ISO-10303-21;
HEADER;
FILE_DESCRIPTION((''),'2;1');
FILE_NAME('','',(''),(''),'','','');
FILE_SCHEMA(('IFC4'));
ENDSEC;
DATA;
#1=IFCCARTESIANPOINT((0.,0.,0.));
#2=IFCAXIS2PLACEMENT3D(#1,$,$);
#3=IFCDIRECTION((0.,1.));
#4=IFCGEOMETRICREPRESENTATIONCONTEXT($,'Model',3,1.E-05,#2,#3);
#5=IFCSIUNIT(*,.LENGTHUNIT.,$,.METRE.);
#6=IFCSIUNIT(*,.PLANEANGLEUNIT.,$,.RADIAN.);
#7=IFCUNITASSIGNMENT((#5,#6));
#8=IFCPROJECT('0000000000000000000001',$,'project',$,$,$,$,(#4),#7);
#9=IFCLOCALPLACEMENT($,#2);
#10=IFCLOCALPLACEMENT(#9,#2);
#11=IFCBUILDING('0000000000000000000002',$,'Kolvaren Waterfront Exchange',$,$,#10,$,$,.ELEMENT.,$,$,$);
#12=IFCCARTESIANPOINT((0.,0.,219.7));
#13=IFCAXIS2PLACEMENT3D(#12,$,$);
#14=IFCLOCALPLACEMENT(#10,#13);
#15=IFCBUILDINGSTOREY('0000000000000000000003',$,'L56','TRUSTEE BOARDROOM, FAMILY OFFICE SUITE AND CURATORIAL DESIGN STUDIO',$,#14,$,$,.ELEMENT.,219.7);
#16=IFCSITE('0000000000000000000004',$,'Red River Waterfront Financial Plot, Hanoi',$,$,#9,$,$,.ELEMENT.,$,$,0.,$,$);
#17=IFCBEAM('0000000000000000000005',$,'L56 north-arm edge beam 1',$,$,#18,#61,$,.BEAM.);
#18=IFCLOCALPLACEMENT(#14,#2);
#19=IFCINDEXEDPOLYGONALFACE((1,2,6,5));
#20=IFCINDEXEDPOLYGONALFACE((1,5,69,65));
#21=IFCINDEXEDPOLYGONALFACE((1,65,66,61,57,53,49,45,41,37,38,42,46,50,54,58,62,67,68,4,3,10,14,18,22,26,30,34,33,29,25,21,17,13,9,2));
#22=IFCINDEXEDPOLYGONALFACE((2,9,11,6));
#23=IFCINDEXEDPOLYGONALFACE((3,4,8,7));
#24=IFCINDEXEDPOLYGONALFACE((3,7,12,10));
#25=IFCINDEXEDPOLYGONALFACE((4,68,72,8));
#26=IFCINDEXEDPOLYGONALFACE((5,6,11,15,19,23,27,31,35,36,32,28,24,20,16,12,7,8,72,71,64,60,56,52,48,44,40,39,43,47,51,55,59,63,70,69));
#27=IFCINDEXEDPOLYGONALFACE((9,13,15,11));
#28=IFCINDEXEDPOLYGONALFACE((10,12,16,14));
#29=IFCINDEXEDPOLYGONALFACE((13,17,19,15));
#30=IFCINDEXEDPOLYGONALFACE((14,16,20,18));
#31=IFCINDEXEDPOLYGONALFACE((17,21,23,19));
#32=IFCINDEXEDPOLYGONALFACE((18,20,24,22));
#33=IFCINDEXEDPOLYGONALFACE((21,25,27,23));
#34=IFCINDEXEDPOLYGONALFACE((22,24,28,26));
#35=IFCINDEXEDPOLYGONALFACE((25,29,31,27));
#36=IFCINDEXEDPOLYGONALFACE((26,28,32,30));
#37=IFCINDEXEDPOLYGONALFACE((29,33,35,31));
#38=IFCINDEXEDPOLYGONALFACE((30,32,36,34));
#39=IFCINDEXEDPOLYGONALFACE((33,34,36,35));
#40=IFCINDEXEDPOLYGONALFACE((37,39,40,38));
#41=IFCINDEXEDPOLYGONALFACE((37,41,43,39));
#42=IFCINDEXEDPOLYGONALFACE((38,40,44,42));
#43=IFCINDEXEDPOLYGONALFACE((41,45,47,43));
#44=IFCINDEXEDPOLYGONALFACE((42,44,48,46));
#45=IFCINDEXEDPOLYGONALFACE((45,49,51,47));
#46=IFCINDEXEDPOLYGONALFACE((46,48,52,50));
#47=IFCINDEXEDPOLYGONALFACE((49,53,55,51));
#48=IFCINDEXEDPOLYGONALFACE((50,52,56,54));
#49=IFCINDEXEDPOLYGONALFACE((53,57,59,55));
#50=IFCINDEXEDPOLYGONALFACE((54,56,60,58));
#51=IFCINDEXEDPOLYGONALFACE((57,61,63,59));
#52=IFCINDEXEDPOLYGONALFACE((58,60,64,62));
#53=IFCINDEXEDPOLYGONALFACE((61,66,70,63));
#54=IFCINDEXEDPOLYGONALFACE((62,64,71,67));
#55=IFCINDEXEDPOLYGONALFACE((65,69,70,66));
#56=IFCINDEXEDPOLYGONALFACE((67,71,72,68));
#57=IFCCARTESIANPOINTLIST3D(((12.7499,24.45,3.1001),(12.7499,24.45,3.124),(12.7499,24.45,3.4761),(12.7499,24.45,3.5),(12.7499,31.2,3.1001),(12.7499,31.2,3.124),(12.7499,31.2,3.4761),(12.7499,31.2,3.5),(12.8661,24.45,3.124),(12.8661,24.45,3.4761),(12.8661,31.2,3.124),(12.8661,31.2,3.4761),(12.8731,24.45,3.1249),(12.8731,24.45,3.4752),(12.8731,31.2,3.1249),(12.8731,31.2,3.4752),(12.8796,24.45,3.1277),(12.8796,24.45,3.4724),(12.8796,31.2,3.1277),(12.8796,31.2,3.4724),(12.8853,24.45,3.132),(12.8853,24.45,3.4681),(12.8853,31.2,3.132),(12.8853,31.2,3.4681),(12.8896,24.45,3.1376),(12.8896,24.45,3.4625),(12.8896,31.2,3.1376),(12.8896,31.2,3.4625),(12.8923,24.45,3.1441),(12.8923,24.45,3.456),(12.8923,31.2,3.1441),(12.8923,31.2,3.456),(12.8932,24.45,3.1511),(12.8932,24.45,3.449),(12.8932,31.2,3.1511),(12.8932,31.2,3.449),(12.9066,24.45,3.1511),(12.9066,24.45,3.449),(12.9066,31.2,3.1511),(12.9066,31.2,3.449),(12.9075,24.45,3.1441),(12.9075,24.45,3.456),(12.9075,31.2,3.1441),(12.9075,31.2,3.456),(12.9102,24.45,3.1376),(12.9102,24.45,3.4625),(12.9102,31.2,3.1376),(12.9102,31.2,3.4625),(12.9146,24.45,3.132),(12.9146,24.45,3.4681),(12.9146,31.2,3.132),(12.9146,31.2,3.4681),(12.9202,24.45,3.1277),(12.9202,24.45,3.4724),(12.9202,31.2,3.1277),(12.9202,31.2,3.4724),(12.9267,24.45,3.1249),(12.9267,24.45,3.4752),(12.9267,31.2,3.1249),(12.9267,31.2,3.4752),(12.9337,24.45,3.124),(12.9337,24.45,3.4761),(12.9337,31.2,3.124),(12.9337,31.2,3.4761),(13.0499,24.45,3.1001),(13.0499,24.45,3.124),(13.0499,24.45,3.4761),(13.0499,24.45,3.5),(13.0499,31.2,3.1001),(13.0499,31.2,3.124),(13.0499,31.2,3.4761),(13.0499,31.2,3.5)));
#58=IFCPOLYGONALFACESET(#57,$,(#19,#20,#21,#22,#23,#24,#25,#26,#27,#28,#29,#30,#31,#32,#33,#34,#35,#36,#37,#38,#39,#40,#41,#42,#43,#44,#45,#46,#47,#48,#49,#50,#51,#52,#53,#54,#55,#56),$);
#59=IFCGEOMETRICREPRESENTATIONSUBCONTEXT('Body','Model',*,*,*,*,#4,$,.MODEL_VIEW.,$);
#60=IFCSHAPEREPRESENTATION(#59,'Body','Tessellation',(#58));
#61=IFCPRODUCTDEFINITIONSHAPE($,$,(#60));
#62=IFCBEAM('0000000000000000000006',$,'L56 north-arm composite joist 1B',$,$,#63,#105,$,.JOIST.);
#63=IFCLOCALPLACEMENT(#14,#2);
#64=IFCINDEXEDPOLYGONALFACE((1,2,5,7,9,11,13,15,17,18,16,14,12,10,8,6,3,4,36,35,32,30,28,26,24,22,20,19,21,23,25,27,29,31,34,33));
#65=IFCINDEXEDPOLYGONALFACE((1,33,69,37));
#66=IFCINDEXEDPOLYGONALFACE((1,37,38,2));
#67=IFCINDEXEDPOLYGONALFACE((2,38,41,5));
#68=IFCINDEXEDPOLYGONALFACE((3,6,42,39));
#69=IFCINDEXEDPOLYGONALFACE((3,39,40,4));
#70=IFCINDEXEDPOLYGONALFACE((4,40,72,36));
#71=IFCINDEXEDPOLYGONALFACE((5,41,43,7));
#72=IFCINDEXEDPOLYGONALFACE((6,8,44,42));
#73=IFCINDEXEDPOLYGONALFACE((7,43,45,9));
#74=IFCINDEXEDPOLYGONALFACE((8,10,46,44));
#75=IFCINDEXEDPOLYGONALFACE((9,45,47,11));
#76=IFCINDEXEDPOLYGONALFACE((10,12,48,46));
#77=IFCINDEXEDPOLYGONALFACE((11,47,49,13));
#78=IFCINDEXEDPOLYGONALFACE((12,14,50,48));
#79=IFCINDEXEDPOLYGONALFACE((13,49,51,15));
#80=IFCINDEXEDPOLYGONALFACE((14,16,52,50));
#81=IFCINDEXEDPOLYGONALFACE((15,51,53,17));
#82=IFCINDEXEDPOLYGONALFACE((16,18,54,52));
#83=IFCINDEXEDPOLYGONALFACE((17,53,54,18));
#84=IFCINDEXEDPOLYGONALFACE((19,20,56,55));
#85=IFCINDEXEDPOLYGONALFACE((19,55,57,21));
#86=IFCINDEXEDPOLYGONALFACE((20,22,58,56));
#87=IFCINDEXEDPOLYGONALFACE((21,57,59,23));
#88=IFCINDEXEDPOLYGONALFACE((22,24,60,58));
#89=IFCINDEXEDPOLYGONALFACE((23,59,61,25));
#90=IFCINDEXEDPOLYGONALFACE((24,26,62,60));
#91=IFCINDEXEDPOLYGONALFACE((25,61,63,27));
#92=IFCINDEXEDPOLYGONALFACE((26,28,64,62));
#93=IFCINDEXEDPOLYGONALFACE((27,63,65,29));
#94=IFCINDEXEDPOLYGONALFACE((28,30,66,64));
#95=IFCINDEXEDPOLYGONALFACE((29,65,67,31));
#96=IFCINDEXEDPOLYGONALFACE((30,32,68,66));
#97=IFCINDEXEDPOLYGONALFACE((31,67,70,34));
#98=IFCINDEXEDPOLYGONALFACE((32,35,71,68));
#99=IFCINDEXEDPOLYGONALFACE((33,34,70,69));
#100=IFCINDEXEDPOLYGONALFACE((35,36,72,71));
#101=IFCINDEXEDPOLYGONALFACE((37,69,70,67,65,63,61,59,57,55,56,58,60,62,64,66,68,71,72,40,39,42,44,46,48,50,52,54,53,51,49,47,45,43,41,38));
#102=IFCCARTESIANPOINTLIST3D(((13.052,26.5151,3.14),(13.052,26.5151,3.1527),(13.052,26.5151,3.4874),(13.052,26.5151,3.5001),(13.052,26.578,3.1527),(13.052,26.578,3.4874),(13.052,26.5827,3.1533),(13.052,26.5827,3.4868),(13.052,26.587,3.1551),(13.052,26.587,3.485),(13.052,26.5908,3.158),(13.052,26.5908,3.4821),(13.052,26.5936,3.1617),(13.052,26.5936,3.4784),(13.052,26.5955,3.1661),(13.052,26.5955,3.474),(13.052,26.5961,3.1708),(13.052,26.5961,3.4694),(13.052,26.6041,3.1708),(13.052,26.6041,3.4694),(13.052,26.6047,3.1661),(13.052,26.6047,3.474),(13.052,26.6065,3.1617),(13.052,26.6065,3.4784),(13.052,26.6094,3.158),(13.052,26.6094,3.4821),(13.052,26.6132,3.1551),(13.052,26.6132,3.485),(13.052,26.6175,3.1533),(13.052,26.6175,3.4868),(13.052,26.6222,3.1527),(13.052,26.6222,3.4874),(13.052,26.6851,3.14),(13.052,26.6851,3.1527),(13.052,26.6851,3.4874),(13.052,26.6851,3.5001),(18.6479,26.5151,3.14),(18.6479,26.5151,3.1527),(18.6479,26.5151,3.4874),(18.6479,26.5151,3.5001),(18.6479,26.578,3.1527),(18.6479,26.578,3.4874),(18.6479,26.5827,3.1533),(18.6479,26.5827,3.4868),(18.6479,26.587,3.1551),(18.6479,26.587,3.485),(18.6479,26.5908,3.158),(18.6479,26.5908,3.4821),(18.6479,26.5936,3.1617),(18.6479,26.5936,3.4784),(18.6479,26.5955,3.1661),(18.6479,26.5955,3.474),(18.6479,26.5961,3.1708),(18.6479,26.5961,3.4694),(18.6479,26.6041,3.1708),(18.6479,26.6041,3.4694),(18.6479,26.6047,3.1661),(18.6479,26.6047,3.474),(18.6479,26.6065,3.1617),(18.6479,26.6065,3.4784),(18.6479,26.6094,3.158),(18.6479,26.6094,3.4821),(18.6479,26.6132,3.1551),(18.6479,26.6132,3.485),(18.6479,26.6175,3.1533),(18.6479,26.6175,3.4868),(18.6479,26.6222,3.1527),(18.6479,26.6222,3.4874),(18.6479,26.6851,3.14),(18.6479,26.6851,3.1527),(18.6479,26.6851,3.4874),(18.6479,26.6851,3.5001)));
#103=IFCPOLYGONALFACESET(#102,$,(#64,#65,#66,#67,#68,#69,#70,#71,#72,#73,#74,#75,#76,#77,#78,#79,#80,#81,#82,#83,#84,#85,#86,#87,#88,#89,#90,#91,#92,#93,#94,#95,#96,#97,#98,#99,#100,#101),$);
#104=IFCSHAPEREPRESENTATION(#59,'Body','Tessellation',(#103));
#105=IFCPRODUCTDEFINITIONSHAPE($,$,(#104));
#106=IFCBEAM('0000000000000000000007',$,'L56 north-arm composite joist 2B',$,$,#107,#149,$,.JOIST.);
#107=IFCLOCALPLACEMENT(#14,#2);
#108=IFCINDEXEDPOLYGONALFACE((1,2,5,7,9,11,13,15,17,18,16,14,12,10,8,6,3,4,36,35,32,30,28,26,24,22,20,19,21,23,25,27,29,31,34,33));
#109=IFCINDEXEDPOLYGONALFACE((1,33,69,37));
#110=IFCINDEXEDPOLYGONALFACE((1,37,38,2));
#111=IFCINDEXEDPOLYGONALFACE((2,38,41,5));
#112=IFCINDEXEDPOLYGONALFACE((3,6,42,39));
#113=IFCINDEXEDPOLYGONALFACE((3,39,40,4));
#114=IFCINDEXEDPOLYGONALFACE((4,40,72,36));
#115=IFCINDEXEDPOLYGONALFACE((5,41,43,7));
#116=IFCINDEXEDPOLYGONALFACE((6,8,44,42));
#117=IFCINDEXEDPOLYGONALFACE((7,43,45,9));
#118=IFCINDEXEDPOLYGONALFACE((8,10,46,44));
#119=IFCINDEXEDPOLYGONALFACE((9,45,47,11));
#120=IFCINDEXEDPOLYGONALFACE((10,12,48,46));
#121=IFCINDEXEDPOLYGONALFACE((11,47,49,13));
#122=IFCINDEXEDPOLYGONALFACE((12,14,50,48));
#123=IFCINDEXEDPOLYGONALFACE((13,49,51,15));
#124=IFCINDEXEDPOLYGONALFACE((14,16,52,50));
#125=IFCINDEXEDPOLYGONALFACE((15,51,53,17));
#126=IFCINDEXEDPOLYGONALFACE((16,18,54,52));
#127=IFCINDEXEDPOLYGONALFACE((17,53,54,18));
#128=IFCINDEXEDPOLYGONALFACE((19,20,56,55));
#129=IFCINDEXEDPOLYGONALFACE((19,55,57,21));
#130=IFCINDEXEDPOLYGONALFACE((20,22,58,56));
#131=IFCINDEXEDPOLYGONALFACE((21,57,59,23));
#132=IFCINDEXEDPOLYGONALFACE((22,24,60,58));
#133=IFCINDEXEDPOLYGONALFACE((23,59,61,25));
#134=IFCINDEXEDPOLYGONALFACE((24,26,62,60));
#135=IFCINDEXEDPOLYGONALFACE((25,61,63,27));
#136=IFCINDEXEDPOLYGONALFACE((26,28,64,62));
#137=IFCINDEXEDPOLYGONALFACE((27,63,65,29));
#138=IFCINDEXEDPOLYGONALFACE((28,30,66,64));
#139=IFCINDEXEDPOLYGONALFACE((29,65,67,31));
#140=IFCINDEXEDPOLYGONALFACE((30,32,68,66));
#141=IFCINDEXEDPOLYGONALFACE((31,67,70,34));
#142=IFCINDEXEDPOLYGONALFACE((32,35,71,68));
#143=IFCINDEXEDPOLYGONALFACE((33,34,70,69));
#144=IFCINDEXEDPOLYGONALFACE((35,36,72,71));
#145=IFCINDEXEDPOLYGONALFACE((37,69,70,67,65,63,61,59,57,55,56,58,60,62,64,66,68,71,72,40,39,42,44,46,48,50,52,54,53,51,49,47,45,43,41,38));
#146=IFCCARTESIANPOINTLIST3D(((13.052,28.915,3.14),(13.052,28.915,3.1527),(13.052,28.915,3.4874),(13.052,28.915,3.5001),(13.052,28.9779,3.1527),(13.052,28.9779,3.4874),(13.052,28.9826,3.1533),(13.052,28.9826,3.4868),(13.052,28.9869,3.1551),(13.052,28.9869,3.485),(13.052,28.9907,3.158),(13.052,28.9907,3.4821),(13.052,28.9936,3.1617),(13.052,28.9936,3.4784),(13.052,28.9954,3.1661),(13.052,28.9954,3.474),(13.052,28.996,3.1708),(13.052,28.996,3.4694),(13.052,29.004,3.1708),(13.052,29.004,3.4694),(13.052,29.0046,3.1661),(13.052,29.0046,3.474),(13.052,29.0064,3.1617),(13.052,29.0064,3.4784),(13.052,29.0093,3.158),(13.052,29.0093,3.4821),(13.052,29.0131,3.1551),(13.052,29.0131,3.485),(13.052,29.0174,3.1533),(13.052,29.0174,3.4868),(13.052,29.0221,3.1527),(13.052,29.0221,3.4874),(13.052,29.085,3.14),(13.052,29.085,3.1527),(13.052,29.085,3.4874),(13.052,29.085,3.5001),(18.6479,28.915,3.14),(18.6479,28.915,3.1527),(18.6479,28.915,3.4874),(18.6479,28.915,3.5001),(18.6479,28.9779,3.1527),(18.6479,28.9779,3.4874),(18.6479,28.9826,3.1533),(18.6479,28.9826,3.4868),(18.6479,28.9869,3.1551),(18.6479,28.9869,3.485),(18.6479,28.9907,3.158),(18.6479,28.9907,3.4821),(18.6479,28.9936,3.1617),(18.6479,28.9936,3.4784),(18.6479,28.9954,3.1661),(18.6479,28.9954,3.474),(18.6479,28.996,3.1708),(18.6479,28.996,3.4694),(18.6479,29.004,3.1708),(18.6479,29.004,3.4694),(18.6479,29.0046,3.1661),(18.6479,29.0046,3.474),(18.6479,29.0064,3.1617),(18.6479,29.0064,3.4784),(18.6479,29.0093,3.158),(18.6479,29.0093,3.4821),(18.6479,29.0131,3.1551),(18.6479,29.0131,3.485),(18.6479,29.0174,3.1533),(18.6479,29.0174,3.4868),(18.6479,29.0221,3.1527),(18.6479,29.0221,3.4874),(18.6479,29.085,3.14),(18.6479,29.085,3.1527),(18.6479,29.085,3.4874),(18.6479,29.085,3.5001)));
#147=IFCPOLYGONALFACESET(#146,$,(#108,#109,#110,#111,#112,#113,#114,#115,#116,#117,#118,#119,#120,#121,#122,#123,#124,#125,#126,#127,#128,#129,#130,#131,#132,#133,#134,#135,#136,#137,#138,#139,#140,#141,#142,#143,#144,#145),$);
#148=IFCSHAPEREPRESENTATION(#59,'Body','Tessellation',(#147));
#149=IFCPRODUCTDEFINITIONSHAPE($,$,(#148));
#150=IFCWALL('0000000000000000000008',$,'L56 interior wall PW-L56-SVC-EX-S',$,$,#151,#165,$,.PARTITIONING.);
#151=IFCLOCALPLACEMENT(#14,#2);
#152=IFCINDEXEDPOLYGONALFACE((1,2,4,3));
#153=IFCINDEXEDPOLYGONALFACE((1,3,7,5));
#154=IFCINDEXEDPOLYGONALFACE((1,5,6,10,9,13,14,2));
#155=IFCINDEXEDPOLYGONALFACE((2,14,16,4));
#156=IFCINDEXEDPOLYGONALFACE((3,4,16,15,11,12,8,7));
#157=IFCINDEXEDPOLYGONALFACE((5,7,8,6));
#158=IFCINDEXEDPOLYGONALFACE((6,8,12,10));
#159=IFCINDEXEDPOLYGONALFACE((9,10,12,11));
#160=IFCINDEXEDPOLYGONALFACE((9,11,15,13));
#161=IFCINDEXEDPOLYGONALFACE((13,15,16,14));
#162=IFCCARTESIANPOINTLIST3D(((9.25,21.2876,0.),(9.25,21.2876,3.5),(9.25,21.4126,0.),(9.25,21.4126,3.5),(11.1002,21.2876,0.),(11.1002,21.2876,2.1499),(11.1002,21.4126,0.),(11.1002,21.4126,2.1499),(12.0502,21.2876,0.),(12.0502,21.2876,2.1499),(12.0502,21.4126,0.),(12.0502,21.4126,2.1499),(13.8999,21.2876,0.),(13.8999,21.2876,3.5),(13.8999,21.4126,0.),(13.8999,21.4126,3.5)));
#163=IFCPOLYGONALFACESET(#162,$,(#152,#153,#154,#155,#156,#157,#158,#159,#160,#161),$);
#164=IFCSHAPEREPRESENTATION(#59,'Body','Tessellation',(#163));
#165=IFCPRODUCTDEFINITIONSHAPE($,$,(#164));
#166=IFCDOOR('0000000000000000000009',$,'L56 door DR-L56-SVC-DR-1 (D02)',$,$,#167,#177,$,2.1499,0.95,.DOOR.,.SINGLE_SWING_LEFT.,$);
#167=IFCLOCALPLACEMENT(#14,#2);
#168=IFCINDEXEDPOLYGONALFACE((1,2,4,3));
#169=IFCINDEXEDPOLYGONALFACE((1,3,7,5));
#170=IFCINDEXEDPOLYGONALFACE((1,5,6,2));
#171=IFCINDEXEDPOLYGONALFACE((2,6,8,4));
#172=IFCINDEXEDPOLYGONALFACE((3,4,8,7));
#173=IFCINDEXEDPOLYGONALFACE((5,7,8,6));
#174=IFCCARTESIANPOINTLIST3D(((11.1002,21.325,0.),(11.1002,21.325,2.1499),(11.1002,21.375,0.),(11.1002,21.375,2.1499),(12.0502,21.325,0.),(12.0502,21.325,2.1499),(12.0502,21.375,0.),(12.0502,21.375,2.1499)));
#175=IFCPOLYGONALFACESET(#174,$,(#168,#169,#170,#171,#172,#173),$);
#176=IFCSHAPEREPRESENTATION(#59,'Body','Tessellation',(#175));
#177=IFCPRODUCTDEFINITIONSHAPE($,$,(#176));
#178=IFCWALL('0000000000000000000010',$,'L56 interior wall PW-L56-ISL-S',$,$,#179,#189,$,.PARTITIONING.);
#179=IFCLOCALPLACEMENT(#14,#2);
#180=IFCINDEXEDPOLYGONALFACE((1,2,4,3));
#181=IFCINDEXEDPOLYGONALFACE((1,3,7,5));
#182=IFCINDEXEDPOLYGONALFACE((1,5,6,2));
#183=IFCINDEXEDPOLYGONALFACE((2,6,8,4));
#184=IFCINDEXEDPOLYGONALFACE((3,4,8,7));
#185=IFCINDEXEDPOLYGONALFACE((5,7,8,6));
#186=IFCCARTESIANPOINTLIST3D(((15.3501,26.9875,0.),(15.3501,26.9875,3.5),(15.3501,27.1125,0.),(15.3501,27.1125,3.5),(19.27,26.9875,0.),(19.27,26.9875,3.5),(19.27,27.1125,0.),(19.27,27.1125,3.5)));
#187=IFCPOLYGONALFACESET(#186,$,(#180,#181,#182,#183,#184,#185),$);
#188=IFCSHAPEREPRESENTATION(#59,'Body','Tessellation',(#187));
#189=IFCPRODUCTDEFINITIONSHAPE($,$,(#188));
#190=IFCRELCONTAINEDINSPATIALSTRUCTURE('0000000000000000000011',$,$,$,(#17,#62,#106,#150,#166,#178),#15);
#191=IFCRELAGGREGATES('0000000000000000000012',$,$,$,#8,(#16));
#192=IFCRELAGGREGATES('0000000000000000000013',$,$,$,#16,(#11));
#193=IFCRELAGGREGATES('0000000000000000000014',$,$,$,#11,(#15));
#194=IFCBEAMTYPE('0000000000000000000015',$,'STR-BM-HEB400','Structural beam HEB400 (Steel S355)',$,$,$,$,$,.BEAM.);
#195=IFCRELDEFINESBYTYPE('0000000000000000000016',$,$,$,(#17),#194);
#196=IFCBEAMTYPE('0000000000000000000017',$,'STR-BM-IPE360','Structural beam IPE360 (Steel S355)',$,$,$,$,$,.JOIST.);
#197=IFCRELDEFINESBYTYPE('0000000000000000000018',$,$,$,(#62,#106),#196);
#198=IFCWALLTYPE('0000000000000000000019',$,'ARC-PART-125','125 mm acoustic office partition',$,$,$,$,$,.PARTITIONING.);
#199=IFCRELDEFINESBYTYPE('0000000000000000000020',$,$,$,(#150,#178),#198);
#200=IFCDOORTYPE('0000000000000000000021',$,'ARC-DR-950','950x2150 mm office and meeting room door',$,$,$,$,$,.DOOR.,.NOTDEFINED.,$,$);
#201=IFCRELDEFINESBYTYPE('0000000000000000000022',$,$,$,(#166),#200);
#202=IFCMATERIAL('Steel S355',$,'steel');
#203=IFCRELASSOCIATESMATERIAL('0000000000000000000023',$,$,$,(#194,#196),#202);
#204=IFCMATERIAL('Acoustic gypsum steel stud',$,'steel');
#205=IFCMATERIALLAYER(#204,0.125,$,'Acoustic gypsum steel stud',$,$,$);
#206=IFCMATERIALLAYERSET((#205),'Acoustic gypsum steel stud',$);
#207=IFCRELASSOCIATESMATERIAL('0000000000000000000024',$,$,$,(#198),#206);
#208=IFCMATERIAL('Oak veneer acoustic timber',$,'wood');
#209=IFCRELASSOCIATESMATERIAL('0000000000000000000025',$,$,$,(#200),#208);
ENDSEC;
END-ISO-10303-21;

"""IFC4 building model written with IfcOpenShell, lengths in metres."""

from ifc_helpers import new_model, si_unit, direction, frame, frame_2d, origin, origin_2d, place, context, subcontext, project, spatial, rectangle, i_section, extrude, material, layer, layer_set, material_profile, profile_set, type_object, element, fill, save


model = new_model("IFC4")

# Units and contexts
model_context = context("Model", 3, precision=1e-05, world=origin(), true_north=direction((0.0, 1.0)))
body_context = subcontext(model_context, "Body", "Model", "MODEL_VIEW")
ifc_project = project(units=[si_unit("LENGTHUNIT", "METRE"), si_unit("PLANEANGLEUNIT", "RADIAN")], contexts=[model_context])

# Site, building, storey
site_placement = place(None, origin())
site = spatial("IfcSite", under=ifc_project, at=site_placement, Name="Red River Waterfront Financial Plot, Hanoi", CompositionType="ELEMENT", RefElevation=0.0)
building_placement = place(site_placement, origin())
building = spatial("IfcBuilding", under=site, at=building_placement, Name="Kolvaren Waterfront Exchange", CompositionType="ELEMENT")
storey_placement = place(building_placement, frame((0.0, 0.0, 219.7)))
storey = spatial("IfcBuildingStorey", under=building, at=storey_placement, Name="L56", Description="TRUSTEE BOARDROOM, FAMILY OFFICE SUITE AND CURATORIAL DESIGN STUDIO", CompositionType="ELEMENT", Elevation=219.7)

# Beams
ifc_material_1 = material(Name="Steel S355", Category="steel")
ifc_material_profile_1 = material_profile(ifc_material_1, i_section(OverallWidth=0.3, OverallDepth=0.3999, WebThickness=0.0134, FlangeThickness=0.0239, FilletRadius=0.0271, at=origin_2d()), Name="HEB400")
ifc_profile_set_1 = profile_set([ifc_material_profile_1], Name="Steel S355")
beam_type_1 = type_object("IfcBeamType", Name="STR-BM-HEB400", Description="Structural beam HEB400 (Steel S355)", PredefinedType="BEAM", material=ifc_profile_set_1)
beam_1_placement = place(storey_placement, frame((12.8999, 24.45, 3.3), z_axis=(0.0, 1.0, 0.0), x_axis=(-1.0, 0.0, 0.0)))
element("IfcBeam", 1, at=beam_1_placement, inside=storey, type_object=beam_type_1, Name="L56 north-arm edge beam 1", PredefinedType="BEAM", context=body_context, shape_type="SweptSolid", body=[
    extrude(i_section(OverallWidth=0.3, OverallDepth=0.3999, WebThickness=0.0134, FlangeThickness=0.0239, FilletRadius=0.0271, at=origin_2d()), origin(), (0.0, 0.0, 1.0), 6.75),
])
ifc_material_profile_2 = material_profile(ifc_material_1, i_section(OverallWidth=0.1699, OverallDepth=0.3601, WebThickness=0.0081, FlangeThickness=0.0127, FilletRadius=0.0181, at=origin_2d()), Name="IPE360")
ifc_profile_set_2 = profile_set([ifc_material_profile_2], Name="Steel S355")
beam_type_2 = type_object("IfcBeamType", Name="STR-BM-IPE360", Description="Structural beam IPE360 (Steel S355)", PredefinedType="JOIST", material=ifc_profile_set_2)
for number, where, z_axis, x_axis, name in (
    (2, (13.052, 26.6001, 3.3201), (1.0, 0.0, 0.0), (0.0, 1.0, 0.0), "L56 north-arm composite joist 1B"),
    (3, (13.052, 29.0, 3.3201), (1.0, 0.0, 0.0), (0.0, 1.0, 0.0), "L56 north-arm composite joist 2B"),
):
    element("IfcBeam", number, at=place(storey_placement, frame(where, z_axis=z_axis, x_axis=x_axis)), inside=storey, type_object=beam_type_2, Name=name, PredefinedType="JOIST", context=body_context, shape_type="SweptSolid", body=[
        extrude(i_section(OverallWidth=0.1699, OverallDepth=0.3601, WebThickness=0.0081, FlangeThickness=0.0127, FilletRadius=0.0181, at=origin_2d()), origin(), (0.0, 0.0, 1.0), 5.5959),
    ])

# Wall, opening, door
ifc_material_2 = material(Name="Acoustic gypsum steel stud", Category="steel")
ifc_layer_1 = layer(ifc_material_2, 0.125, Name="Acoustic gypsum steel stud")
ifc_layer_set_1 = layer_set([ifc_layer_1], Name="Acoustic gypsum steel stud")
wall_type_1 = type_object("IfcWallType", Name="ARC-PART-125", Description="125 mm acoustic office partition", PredefinedType="PARTITIONING", material=ifc_layer_set_1)
wall_1_placement = place(storey_placement, frame((9.25, 21.3501, 0.0), z_axis=(0.0, 0.0, 1.0), x_axis=(1.0, 0.0, 0.0)))
wall_1 = element("IfcWall", 4, at=wall_1_placement, inside=storey, type_object=wall_type_1, Name="L56 interior wall PW-L56-SVC-EX-S", PredefinedType="PARTITIONING", context=body_context, shape_type="SweptSolid", body=[
    extrude(rectangle(XDim=4.6499, YDim=0.125, at=frame_2d((2.325, 0.0))), origin(), (0.0, 0.0, 1.0), 3.5),
])
opening_1_placement = place(wall_1_placement, frame((1.8501, 0.0, 0.0)))
opening_1 = element("IfcOpeningElement", 5, at=opening_1_placement, cuts=wall_1, PredefinedType="OPENING", context=body_context, shape_type="SweptSolid", body=[
    extrude(rectangle(XDim=0.95, YDim=2.1499, at=frame_2d((0.4751, 1.075))), frame((0.0, 0.0725, 0.0), z_axis=(0.0, -1.0, 0.0), x_axis=(1.0, 0.0, 0.0)), (0.0, 0.0, 1.0), 0.145),
])
ifc_material_3 = material(Name="Oak veneer acoustic timber", Category="wood")
door_type = type_object("IfcDoorType", Name="ARC-DR-950", Description="950x2150 mm office and meeting room door", OperationType="NOTDEFINED", PredefinedType="DOOR", material=ifc_material_3)
door_1_placement = place(opening_1_placement, origin())
door_1 = element("IfcDoor", 6, at=door_1_placement, inside=storey, type_object=door_type, Name="L56 door DR-L56-SVC-DR-1 (D02)", OperationType="SINGLE_SWING_LEFT", OverallHeight=2.1499, OverallWidth=0.95, PredefinedType="DOOR", context=body_context, shape_type="SweptSolid", body=[
    extrude(rectangle(XDim=0.95, YDim=2.1499, at=frame_2d((0.4751, 1.075))), frame((0.0, 0.0249, 0.0), z_axis=(0.0, -1.0, 0.0), x_axis=(1.0, 0.0, 0.0)), (0.0, 0.0, 1.0), 0.05),
])
fill(opening_1, door_1)

# Wall
wall_2_placement = place(storey_placement, frame((15.3501, 27.05, 0.0), z_axis=(0.0, 0.0, 1.0), x_axis=(1.0, 0.0, 0.0)))
element("IfcWall", 7, at=wall_2_placement, inside=storey, type_object=wall_type_1, Name="L56 interior wall PW-L56-ISL-S", PredefinedType="PARTITIONING", context=body_context, shape_type="SweptSolid", body=[
    extrude(rectangle(XDim=3.9199, YDim=0.125, at=frame_2d((1.96, 0.0))), origin(), (0.0, 0.0, 1.0), 3.5),
])

save(model, "model.ifc")
